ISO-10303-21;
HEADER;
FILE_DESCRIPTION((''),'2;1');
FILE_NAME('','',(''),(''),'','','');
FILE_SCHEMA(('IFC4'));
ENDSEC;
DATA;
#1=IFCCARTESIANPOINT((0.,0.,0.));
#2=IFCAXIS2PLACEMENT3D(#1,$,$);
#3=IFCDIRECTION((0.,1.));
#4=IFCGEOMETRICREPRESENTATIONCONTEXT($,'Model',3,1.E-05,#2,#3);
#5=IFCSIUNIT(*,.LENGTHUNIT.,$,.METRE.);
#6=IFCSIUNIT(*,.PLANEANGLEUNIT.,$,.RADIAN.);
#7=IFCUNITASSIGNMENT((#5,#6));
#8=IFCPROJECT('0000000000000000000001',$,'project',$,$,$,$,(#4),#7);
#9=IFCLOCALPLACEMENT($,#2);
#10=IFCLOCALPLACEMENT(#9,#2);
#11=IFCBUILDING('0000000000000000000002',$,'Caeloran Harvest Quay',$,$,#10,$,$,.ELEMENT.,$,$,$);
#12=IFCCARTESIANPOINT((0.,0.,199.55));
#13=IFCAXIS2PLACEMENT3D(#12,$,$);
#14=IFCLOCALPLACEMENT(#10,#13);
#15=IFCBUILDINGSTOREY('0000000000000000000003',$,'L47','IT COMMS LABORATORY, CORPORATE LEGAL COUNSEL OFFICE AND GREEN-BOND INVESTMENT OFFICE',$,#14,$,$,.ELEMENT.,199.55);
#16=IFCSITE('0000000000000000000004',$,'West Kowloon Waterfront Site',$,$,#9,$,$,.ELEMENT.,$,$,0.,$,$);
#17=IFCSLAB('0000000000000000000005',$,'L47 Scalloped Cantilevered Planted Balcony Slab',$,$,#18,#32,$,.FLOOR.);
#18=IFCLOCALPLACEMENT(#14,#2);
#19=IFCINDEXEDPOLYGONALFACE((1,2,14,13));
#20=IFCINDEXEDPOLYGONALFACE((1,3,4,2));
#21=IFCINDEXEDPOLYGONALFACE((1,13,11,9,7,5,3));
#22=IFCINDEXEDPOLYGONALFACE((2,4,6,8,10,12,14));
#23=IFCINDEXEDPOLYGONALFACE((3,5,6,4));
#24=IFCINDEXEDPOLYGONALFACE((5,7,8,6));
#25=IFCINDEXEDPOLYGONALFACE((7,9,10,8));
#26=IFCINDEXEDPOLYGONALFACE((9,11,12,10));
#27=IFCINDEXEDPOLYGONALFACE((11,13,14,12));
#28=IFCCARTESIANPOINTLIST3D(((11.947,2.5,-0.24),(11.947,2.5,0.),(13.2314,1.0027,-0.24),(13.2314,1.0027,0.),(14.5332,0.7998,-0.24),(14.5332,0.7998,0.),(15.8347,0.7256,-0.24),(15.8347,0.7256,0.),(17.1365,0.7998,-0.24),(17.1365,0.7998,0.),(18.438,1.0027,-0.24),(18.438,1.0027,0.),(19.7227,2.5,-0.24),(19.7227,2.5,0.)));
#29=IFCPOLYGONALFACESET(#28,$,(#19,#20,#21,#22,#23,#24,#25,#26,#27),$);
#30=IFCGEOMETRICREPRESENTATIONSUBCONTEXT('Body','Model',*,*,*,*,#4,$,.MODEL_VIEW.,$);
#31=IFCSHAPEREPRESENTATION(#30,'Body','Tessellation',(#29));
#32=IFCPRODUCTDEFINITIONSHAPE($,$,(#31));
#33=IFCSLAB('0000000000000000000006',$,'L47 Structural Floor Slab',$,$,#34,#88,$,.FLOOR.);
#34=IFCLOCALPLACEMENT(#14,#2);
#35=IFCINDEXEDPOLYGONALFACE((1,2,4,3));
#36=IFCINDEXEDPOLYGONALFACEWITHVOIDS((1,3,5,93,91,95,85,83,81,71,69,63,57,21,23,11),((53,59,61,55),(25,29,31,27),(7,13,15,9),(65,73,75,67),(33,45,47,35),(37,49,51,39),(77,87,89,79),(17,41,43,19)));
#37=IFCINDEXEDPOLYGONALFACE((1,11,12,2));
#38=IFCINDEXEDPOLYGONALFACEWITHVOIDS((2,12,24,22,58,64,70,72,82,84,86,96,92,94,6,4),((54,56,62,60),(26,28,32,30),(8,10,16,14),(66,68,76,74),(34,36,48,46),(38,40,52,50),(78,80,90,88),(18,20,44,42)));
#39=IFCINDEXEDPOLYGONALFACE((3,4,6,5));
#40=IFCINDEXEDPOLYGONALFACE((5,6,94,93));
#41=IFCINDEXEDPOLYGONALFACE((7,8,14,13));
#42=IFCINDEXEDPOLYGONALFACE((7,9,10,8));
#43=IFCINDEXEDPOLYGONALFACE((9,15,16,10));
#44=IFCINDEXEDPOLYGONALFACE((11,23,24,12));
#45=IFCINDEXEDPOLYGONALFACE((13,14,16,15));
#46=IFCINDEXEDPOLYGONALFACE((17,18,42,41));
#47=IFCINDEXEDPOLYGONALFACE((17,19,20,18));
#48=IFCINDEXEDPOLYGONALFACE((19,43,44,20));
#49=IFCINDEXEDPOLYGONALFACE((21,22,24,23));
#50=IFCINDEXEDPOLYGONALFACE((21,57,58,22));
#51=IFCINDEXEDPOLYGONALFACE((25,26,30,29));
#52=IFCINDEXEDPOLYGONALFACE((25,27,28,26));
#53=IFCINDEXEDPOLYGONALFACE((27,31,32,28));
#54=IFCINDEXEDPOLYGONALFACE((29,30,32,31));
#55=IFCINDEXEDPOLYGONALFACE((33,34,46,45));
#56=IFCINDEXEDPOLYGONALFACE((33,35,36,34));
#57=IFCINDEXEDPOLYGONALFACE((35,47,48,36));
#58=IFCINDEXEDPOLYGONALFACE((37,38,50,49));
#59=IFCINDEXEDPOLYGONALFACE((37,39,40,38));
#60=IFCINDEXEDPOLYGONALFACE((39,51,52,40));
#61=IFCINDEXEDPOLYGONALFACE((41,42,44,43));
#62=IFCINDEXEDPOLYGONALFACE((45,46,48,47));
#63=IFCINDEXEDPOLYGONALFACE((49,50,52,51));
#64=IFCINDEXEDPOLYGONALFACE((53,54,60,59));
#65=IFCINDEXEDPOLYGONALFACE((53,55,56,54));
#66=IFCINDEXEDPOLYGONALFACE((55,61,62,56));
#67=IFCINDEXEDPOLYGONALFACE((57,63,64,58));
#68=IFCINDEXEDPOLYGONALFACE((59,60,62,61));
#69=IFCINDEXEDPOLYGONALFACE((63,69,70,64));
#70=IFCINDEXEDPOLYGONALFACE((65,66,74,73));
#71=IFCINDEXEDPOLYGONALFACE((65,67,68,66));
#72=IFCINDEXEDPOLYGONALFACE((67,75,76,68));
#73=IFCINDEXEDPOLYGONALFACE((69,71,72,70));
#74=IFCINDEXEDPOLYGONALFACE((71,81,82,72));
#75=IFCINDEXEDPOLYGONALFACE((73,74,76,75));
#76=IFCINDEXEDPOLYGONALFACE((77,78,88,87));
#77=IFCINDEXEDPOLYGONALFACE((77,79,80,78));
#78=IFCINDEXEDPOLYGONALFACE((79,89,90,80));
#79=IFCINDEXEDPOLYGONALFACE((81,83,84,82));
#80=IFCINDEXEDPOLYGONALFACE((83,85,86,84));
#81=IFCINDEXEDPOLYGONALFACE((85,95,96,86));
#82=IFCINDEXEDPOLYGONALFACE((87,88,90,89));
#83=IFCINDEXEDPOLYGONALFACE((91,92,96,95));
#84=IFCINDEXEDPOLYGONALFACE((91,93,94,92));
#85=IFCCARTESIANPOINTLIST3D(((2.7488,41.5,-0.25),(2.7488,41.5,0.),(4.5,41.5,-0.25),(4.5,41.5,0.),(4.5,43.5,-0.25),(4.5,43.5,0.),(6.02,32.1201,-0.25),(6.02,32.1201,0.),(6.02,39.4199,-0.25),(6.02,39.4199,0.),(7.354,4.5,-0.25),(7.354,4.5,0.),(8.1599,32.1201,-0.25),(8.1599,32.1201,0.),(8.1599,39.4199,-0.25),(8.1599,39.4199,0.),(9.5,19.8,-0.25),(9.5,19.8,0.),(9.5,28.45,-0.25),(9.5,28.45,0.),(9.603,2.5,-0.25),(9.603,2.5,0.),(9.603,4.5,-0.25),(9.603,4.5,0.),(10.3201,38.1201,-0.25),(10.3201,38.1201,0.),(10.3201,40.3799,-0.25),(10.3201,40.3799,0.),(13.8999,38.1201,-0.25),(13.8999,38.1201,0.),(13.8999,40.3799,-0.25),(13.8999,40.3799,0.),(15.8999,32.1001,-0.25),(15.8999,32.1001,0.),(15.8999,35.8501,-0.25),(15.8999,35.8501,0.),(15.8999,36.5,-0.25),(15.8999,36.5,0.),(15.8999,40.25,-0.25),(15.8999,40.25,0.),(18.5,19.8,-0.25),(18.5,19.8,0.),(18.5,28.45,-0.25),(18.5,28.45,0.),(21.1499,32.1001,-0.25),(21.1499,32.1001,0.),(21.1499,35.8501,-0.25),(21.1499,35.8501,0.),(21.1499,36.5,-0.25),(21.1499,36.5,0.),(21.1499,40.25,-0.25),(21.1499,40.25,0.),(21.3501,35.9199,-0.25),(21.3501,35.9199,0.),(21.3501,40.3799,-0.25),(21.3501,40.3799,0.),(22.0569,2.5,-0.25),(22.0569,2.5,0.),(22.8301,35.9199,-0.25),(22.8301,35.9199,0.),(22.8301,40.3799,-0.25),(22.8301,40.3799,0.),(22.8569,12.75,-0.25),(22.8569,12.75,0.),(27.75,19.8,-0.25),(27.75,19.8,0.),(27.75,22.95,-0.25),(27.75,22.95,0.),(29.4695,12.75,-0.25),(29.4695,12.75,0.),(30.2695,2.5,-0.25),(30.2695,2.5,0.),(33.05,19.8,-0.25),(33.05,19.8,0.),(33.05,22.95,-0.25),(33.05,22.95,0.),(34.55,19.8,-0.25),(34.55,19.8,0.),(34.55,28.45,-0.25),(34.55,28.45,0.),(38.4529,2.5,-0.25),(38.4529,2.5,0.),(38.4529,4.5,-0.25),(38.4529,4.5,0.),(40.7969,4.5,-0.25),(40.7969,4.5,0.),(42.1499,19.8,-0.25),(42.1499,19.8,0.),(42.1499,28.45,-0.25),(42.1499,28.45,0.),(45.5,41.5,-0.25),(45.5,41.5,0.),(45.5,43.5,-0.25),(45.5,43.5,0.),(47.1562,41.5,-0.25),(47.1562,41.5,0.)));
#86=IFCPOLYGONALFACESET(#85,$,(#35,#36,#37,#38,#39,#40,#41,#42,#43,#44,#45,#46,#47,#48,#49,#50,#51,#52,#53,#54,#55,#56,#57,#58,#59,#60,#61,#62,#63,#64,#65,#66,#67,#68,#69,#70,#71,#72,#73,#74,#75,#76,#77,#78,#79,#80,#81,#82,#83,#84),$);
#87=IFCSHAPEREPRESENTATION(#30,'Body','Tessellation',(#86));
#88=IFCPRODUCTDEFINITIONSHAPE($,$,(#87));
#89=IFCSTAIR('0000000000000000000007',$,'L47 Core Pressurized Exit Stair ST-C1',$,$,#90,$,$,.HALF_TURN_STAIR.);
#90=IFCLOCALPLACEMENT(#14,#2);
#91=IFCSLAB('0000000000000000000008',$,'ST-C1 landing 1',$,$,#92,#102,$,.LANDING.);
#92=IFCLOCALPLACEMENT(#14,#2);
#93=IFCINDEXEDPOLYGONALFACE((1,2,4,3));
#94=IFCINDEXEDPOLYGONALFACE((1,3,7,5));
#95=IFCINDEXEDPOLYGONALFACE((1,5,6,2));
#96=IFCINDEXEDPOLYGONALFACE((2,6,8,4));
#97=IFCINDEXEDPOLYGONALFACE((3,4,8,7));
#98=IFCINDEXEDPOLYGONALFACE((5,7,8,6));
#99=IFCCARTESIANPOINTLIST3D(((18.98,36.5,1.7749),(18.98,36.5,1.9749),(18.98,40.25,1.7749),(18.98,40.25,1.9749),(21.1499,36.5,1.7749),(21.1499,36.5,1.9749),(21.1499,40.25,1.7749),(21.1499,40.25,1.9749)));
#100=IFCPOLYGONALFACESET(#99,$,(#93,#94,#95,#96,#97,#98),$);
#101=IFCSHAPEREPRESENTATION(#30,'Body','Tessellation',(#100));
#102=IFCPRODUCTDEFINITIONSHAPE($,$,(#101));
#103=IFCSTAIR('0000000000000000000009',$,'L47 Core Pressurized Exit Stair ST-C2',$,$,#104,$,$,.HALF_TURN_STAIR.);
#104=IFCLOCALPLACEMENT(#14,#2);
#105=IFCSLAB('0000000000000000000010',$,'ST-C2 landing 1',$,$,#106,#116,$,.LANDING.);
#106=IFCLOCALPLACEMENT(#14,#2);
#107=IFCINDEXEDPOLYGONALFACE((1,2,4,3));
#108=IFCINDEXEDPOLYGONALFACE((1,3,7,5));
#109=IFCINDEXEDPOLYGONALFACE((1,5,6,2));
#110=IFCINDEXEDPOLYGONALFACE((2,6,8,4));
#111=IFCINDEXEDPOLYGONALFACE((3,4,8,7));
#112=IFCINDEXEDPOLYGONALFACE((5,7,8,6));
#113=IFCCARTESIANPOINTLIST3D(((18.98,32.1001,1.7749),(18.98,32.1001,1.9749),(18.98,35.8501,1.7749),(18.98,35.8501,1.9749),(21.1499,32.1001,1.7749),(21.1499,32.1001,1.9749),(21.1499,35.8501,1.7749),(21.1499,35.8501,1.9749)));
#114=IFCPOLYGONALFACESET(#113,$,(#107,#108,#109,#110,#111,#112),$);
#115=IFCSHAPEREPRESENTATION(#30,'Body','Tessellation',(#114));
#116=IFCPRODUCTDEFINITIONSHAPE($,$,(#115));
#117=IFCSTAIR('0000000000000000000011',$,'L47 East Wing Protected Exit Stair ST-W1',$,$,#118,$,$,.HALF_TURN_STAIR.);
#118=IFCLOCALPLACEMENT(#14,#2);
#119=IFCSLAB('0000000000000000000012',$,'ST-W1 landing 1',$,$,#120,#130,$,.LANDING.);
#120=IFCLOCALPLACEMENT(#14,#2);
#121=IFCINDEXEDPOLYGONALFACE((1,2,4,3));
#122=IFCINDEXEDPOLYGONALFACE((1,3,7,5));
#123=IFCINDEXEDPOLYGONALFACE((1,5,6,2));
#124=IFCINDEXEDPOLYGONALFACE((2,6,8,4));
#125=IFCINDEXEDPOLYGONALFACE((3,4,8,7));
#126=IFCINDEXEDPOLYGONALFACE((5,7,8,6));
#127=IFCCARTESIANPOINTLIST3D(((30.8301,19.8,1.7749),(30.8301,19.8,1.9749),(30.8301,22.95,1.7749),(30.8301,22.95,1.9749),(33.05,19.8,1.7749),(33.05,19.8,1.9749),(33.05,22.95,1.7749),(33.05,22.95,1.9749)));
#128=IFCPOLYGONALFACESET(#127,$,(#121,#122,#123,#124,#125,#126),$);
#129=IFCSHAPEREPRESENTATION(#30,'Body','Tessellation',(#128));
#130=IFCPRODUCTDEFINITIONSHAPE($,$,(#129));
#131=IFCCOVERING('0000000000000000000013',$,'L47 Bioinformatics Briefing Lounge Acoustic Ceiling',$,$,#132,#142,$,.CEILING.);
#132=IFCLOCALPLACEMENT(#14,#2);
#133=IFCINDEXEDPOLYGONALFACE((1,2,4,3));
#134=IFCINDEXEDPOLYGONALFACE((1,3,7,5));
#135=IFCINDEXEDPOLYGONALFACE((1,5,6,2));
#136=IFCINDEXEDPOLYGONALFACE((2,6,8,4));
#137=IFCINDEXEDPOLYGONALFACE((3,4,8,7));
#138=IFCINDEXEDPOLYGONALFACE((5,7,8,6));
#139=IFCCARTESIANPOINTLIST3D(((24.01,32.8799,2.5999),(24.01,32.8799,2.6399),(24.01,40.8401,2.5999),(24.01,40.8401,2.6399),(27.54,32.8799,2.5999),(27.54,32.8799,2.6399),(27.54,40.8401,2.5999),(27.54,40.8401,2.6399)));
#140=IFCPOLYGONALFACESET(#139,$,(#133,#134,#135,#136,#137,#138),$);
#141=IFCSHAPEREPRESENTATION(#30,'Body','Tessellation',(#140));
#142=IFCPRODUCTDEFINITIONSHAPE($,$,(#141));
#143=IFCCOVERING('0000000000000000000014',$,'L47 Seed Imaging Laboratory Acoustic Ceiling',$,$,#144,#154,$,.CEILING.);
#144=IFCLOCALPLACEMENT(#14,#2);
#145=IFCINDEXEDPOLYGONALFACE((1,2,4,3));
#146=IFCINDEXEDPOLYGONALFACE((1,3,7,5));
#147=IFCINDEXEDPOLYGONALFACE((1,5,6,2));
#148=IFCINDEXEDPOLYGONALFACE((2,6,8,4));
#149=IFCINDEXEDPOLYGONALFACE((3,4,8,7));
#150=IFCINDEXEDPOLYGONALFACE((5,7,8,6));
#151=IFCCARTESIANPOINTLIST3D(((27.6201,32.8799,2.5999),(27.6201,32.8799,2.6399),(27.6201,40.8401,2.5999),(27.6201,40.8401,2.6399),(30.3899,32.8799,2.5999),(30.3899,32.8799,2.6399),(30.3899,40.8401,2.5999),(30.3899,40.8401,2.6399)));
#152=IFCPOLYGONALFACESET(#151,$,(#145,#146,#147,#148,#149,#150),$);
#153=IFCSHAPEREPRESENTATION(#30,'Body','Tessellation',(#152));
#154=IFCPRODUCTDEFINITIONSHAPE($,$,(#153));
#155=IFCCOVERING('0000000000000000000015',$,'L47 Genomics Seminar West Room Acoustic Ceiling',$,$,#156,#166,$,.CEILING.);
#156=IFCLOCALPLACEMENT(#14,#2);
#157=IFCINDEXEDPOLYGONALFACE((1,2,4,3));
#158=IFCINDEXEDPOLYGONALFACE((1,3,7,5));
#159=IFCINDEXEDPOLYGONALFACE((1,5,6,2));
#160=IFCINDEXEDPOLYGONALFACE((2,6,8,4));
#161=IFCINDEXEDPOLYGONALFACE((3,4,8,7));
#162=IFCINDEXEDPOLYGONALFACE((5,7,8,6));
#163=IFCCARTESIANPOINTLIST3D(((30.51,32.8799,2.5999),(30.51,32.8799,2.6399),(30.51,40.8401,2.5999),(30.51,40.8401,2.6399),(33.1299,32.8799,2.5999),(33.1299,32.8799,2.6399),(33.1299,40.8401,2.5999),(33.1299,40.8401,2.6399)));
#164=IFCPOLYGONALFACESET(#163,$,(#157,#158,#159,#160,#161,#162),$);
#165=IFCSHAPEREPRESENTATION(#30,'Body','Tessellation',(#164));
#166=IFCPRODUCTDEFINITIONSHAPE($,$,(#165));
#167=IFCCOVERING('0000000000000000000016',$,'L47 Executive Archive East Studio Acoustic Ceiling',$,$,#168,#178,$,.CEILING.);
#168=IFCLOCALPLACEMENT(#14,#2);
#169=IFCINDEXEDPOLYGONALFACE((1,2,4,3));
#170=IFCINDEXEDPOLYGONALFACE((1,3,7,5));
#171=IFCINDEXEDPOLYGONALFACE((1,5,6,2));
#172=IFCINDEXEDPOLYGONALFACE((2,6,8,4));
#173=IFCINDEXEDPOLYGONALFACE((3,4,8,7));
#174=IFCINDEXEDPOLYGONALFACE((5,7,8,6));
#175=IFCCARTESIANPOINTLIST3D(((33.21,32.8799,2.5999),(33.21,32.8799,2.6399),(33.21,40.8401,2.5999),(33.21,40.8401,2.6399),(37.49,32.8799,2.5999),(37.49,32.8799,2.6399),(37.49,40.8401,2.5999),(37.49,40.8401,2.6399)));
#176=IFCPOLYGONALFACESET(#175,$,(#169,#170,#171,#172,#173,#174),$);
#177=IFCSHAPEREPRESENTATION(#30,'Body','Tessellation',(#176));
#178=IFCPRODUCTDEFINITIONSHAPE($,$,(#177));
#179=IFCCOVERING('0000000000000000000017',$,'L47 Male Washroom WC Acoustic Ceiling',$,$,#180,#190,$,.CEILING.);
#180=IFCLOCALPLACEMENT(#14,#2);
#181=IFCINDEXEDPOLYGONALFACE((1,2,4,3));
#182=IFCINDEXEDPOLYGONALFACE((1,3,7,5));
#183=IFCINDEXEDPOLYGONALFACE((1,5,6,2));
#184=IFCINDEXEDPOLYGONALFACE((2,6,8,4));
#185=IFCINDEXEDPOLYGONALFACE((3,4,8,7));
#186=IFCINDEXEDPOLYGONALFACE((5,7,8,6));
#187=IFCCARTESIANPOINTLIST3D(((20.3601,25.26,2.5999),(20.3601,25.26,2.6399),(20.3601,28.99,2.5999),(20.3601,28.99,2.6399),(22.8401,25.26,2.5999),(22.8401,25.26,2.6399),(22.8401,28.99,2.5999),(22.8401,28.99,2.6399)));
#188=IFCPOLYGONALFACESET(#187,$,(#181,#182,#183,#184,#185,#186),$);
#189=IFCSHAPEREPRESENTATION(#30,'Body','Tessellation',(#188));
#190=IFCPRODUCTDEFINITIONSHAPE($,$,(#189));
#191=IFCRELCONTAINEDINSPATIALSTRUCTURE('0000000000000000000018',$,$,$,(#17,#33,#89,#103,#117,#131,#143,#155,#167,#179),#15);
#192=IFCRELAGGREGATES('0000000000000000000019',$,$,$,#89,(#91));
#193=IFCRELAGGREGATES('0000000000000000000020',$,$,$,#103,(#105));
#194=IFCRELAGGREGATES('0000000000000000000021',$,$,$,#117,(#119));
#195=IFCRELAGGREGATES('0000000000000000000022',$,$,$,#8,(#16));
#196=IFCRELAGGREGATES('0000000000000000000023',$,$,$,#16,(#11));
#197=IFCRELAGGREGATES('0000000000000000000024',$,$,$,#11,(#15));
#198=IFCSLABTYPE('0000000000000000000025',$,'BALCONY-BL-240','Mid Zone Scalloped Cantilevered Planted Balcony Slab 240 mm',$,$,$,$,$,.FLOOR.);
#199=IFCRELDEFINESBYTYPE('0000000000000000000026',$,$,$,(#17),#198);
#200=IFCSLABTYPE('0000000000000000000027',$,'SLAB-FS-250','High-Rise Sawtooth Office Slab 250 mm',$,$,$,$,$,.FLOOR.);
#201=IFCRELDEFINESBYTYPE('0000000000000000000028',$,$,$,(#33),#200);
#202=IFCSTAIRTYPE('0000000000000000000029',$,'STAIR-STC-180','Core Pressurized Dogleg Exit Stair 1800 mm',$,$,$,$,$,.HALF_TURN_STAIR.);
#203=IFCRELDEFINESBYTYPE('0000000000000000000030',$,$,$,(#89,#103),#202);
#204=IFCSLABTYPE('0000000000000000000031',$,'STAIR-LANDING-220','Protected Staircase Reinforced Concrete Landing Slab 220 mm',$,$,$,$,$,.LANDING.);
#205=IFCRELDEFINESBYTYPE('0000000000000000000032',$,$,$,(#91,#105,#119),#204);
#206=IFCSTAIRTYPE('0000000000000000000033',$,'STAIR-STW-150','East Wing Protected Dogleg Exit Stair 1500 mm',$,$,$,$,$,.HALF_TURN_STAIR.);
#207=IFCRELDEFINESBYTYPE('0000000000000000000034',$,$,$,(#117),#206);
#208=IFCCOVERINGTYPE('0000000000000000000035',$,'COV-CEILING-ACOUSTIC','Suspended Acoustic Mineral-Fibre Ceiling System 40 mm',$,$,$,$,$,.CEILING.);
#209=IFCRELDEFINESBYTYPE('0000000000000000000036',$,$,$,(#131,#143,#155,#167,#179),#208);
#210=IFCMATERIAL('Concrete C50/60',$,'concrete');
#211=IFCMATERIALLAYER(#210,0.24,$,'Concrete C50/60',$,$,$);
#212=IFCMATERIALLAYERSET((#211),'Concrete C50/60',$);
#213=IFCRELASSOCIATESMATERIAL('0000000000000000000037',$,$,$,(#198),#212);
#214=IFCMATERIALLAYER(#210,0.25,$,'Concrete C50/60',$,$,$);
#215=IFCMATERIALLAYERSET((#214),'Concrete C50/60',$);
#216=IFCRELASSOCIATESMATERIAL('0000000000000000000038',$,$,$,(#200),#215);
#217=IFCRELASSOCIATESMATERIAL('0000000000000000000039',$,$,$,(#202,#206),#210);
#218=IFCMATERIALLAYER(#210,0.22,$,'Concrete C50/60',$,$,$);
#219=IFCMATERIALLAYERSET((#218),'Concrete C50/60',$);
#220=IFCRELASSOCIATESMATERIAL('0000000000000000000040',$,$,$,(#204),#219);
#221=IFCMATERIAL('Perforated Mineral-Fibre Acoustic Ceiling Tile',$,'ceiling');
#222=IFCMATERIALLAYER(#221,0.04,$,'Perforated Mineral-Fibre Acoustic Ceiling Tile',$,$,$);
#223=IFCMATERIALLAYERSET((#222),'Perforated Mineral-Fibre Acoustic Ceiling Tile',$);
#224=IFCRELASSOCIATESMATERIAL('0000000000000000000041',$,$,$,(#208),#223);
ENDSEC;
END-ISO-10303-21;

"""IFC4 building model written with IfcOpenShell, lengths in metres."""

from ifc_helpers import new_model, si_unit, direction, frame, origin, place, context, subcontext, project, spatial, polyline, outline, extrude, material, layer, layer_set, type_object, element, aggregate, save


model = new_model("IFC4")

# Units and contexts
model_context = context("Model", 3, precision=1e-05, world=origin(), true_north=direction((0.0, 1.0)))
body_context = subcontext(model_context, "Body", "Model", "MODEL_VIEW")
ifc_project = project(units=[si_unit("LENGTHUNIT", "METRE"), si_unit("PLANEANGLEUNIT", "RADIAN")], contexts=[model_context])

# Site, building, storey
site_placement = place(None, origin())
site = spatial("IfcSite", under=ifc_project, at=site_placement, Name="West Kowloon Waterfront Site", CompositionType="ELEMENT", RefElevation=0.0)
building_placement = place(site_placement, origin())
building = spatial("IfcBuilding", under=site, at=building_placement, Name="Caeloran Harvest Quay", CompositionType="ELEMENT")
storey_placement = place(building_placement, frame((0.0, 0.0, 199.55)))
storey = spatial("IfcBuildingStorey", under=building, at=storey_placement, Name="L47", Description="IT COMMS LABORATORY, CORPORATE LEGAL COUNSEL OFFICE AND GREEN-BOND INVESTMENT OFFICE", CompositionType="ELEMENT", Elevation=199.55)

# Slabs
ifc_material_1 = material(Name="Concrete C50/60", Category="concrete")
ifc_layer_1 = layer(ifc_material_1, 0.24, Name="Concrete C50/60")
ifc_layer_set_1 = layer_set([ifc_layer_1], Name="Concrete C50/60")
slab_type_1 = type_object("IfcSlabType", Name="BALCONY-BL-240", Description="Mid Zone Scalloped Cantilevered Planted Balcony Slab 240 mm", PredefinedType="FLOOR", material=ifc_layer_set_1)
slab_1_placement = place(storey_placement, frame((0.0, 0.0, -0.24)))
element("IfcSlab", 1, at=slab_1_placement, inside=storey, type_object=slab_type_1, Name="L47 Scalloped Cantilevered Planted Balcony Slab", PredefinedType="FLOOR", context=body_context, shape_type="SweptSolid", body=[
    extrude(outline(polyline([(18.438, 1.0027), (17.1365, 0.7998), (15.8347, 0.7256), (14.5332, 0.7998), (13.2314, 1.0027), (11.947, 2.5), (19.7227, 2.5), (18.438, 1.0027)])), origin(), (0.0, 0.0, 1.0), 0.24),
])
ifc_layer_2 = layer(ifc_material_1, 0.25, Name="Concrete C50/60")
ifc_layer_set_2 = layer_set([ifc_layer_2], Name="Concrete C50/60")
slab_type_2 = type_object("IfcSlabType", Name="SLAB-FS-250", Description="High-Rise Sawtooth Office Slab 250 mm", PredefinedType="FLOOR", material=ifc_layer_set_2)
slab_2_placement = place(storey_placement, frame((0.0, 0.0, -0.25)))
element("IfcSlab", 2, at=slab_2_placement, inside=storey, type_object=slab_type_2, Name="L47 Structural Floor Slab", PredefinedType="FLOOR", context=body_context, shape_type="SweptSolid", body=[
    extrude(outline(polyline([(9.603, 2.5), (22.0569, 2.5), (22.8569, 12.75), (29.4695, 12.75), (30.2695, 2.5), (38.4529, 2.5), (38.4529, 4.5), (40.7969, 4.5), (47.1562, 41.5), (45.5, 41.5), (45.5, 43.5), (4.5, 43.5), (4.5, 41.5), (2.7488, 41.5), (7.354, 4.5), (9.603, 4.5), (9.603, 2.5)]), holes=[polyline([(27.75, 19.8), (27.75, 22.95), (33.05, 22.95), (33.05, 19.8), (27.75, 19.8)]), polyline([(18.5, 19.8), (9.5, 19.8), (9.5, 28.45), (18.5, 28.45), (18.5, 19.8)]), polyline([(42.1499, 19.8), (34.55, 19.8), (34.55, 28.45), (42.1499, 28.45), (42.1499, 19.8)]), polyline([(15.8999, 32.1001), (15.8999, 35.8501), (21.1499, 35.8501), (21.1499, 32.1001), (15.8999, 32.1001)]), polyline([(8.1599, 32.1201), (6.02, 32.1201), (6.02, 39.4199), (8.1599, 39.4199), (8.1599, 32.1201)]), polyline([(22.8301, 35.9199), (21.3501, 35.9199), (21.3501, 40.3799), (22.8301, 40.3799), (22.8301, 35.9199)]), polyline([(15.8999, 36.5), (15.8999, 40.25), (21.1499, 40.25), (21.1499, 36.5), (15.8999, 36.5)]), polyline([(13.8999, 38.1201), (10.3201, 38.1201), (10.3201, 40.3799), (13.8999, 40.3799), (13.8999, 38.1201)])]), origin(), (0.0, 0.0, 1.0), 0.25),
])

# Stairs, slabs
stair_type_1 = type_object("IfcStairType", Name="STAIR-STC-180", Description="Core Pressurized Dogleg Exit Stair 1800 mm", PredefinedType="HALF_TURN_STAIR", material=ifc_material_1)
stair_1_placement = place(storey_placement, origin())
stair_1 = element("IfcStair", 3, at=stair_1_placement, inside=storey, type_object=stair_type_1, Name="L47 Core Pressurized Exit Stair ST-C1", PredefinedType="HALF_TURN_STAIR")
ifc_layer_3 = layer(ifc_material_1, 0.22, Name="Concrete C50/60")
ifc_layer_set_3 = layer_set([ifc_layer_3], Name="Concrete C50/60")
slab_type_3 = type_object("IfcSlabType", Name="STAIR-LANDING-220", Description="Protected Staircase Reinforced Concrete Landing Slab 220 mm", PredefinedType="LANDING", material=ifc_layer_set_3)
slab_3_placement = place(storey_placement, frame((0.0, 0.0, 1.7749)))
slab_3 = element("IfcSlab", 4, at=slab_3_placement, type_object=slab_type_3, Name="ST-C1 landing 1", PredefinedType="LANDING", context=body_context, shape_type="SweptSolid", body=[
    extrude(outline(polyline([(18.98, 36.5), (21.1499, 36.5), (21.1499, 40.25), (18.98, 40.25), (18.98, 36.5)])), origin(), (0.0, 0.0, 1.0), 0.2),
])
aggregate(stair_1, [slab_3])
stair_2_placement = place(storey_placement, origin())
stair_2 = element("IfcStair", 5, at=stair_2_placement, inside=storey, type_object=stair_type_1, Name="L47 Core Pressurized Exit Stair ST-C2", PredefinedType="HALF_TURN_STAIR")
slab_4_placement = place(storey_placement, frame((0.0, 0.0, 1.7749)))
slab_4 = element("IfcSlab", 6, at=slab_4_placement, type_object=slab_type_3, Name="ST-C2 landing 1", PredefinedType="LANDING", context=body_context, shape_type="SweptSolid", body=[
    extrude(outline(polyline([(18.98, 32.1001), (21.1499, 32.1001), (21.1499, 35.8501), (18.98, 35.8501), (18.98, 32.1001)])), origin(), (0.0, 0.0, 1.0), 0.2),
])
aggregate(stair_2, [slab_4])
stair_type_2 = type_object("IfcStairType", Name="STAIR-STW-150", Description="East Wing Protected Dogleg Exit Stair 1500 mm", PredefinedType="HALF_TURN_STAIR", material=ifc_material_1)
stair_3_placement = place(storey_placement, origin())
stair_3 = element("IfcStair", 7, at=stair_3_placement, inside=storey, type_object=stair_type_2, Name="L47 East Wing Protected Exit Stair ST-W1", PredefinedType="HALF_TURN_STAIR")
slab_5_placement = place(storey_placement, frame((0.0, 0.0, 1.7749)))
slab_5 = element("IfcSlab", 8, at=slab_5_placement, type_object=slab_type_3, Name="ST-W1 landing 1", PredefinedType="LANDING", context=body_context, shape_type="SweptSolid", body=[
    extrude(outline(polyline([(30.8301, 19.8), (33.05, 19.8), (33.05, 22.95), (30.8301, 22.95), (30.8301, 19.8)])), origin(), (0.0, 0.0, 1.0), 0.2),
])
aggregate(stair_3, [slab_5])

# Coverings
ifc_material_2 = material(Name="Perforated Mineral-Fibre Acoustic Ceiling Tile", Category="ceiling")
ifc_layer_4 = layer(ifc_material_2, 0.04, Name="Perforated Mineral-Fibre Acoustic Ceiling Tile")
ifc_layer_set_4 = layer_set([ifc_layer_4], Name="Perforated Mineral-Fibre Acoustic Ceiling Tile")
covering_type_1 = type_object("IfcCoveringType", Name="COV-CEILING-ACOUSTIC", Description="Suspended Acoustic Mineral-Fibre Ceiling System 40 mm", PredefinedType="CEILING", material=ifc_layer_set_4)
covering_1_placement = place(storey_placement, frame((0.0, 0.0, 2.5999)))
element("IfcCovering", 9, at=covering_1_placement, inside=storey, type_object=covering_type_1, Name="L47 Bioinformatics Briefing Lounge Acoustic Ceiling", PredefinedType="CEILING", context=body_context, shape_type="SweptSolid", body=[
    extrude(outline(polyline([(27.54, 40.8401), (27.54, 32.8799), (24.01, 32.8799), (24.01, 40.8401), (27.54, 40.8401)])), origin(), (0.0, 0.0, 1.0), 0.04),
])
covering_2_placement = place(storey_placement, frame((0.0, 0.0, 2.5999)))
element("IfcCovering", 10, at=covering_2_placement, inside=storey, type_object=covering_type_1, Name="L47 Seed Imaging Laboratory Acoustic Ceiling", PredefinedType="CEILING", context=body_context, shape_type="SweptSolid", body=[
    extrude(outline(polyline([(30.3899, 40.8401), (30.3899, 32.8799), (27.6201, 32.8799), (27.6201, 40.8401), (30.3899, 40.8401)])), origin(), (0.0, 0.0, 1.0), 0.04),
])
covering_3_placement = place(storey_placement, frame((0.0, 0.0, 2.5999)))
element("IfcCovering", 11, at=covering_3_placement, inside=storey, type_object=covering_type_1, Name="L47 Genomics Seminar West Room Acoustic Ceiling", PredefinedType="CEILING", context=body_context, shape_type="SweptSolid", body=[
    extrude(outline(polyline([(33.1299, 40.8401), (33.1299, 32.8799), (30.51, 32.8799), (30.51, 40.8401), (33.1299, 40.8401)])), origin(), (0.0, 0.0, 1.0), 0.04),
])
covering_4_placement = place(storey_placement, frame((0.0, 0.0, 2.5999)))
element("IfcCovering", 12, at=covering_4_placement, inside=storey, type_object=covering_type_1, Name="L47 Executive Archive East Studio Acoustic Ceiling", PredefinedType="CEILING", context=body_context, shape_type="SweptSolid", body=[
    extrude(outline(polyline([(37.49, 40.8401), (37.49, 32.8799), (33.21, 32.8799), (33.21, 40.8401), (37.49, 40.8401)])), origin(), (0.0, 0.0, 1.0), 0.04),
])
covering_5_placement = place(storey_placement, frame((0.0, 0.0, 2.5999)))
element("IfcCovering", 13, at=covering_5_placement, inside=storey, type_object=covering_type_1, Name="L47 Male Washroom WC Acoustic Ceiling", PredefinedType="CEILING", context=body_context, shape_type="SweptSolid", body=[
    extrude(outline(polyline([(22.8401, 28.99), (22.8401, 25.26), (20.3601, 25.26), (20.3601, 28.99), (22.8401, 28.99)])), origin(), (0.0, 0.0, 1.0), 0.04),
])

save(model, "model.ifc")
